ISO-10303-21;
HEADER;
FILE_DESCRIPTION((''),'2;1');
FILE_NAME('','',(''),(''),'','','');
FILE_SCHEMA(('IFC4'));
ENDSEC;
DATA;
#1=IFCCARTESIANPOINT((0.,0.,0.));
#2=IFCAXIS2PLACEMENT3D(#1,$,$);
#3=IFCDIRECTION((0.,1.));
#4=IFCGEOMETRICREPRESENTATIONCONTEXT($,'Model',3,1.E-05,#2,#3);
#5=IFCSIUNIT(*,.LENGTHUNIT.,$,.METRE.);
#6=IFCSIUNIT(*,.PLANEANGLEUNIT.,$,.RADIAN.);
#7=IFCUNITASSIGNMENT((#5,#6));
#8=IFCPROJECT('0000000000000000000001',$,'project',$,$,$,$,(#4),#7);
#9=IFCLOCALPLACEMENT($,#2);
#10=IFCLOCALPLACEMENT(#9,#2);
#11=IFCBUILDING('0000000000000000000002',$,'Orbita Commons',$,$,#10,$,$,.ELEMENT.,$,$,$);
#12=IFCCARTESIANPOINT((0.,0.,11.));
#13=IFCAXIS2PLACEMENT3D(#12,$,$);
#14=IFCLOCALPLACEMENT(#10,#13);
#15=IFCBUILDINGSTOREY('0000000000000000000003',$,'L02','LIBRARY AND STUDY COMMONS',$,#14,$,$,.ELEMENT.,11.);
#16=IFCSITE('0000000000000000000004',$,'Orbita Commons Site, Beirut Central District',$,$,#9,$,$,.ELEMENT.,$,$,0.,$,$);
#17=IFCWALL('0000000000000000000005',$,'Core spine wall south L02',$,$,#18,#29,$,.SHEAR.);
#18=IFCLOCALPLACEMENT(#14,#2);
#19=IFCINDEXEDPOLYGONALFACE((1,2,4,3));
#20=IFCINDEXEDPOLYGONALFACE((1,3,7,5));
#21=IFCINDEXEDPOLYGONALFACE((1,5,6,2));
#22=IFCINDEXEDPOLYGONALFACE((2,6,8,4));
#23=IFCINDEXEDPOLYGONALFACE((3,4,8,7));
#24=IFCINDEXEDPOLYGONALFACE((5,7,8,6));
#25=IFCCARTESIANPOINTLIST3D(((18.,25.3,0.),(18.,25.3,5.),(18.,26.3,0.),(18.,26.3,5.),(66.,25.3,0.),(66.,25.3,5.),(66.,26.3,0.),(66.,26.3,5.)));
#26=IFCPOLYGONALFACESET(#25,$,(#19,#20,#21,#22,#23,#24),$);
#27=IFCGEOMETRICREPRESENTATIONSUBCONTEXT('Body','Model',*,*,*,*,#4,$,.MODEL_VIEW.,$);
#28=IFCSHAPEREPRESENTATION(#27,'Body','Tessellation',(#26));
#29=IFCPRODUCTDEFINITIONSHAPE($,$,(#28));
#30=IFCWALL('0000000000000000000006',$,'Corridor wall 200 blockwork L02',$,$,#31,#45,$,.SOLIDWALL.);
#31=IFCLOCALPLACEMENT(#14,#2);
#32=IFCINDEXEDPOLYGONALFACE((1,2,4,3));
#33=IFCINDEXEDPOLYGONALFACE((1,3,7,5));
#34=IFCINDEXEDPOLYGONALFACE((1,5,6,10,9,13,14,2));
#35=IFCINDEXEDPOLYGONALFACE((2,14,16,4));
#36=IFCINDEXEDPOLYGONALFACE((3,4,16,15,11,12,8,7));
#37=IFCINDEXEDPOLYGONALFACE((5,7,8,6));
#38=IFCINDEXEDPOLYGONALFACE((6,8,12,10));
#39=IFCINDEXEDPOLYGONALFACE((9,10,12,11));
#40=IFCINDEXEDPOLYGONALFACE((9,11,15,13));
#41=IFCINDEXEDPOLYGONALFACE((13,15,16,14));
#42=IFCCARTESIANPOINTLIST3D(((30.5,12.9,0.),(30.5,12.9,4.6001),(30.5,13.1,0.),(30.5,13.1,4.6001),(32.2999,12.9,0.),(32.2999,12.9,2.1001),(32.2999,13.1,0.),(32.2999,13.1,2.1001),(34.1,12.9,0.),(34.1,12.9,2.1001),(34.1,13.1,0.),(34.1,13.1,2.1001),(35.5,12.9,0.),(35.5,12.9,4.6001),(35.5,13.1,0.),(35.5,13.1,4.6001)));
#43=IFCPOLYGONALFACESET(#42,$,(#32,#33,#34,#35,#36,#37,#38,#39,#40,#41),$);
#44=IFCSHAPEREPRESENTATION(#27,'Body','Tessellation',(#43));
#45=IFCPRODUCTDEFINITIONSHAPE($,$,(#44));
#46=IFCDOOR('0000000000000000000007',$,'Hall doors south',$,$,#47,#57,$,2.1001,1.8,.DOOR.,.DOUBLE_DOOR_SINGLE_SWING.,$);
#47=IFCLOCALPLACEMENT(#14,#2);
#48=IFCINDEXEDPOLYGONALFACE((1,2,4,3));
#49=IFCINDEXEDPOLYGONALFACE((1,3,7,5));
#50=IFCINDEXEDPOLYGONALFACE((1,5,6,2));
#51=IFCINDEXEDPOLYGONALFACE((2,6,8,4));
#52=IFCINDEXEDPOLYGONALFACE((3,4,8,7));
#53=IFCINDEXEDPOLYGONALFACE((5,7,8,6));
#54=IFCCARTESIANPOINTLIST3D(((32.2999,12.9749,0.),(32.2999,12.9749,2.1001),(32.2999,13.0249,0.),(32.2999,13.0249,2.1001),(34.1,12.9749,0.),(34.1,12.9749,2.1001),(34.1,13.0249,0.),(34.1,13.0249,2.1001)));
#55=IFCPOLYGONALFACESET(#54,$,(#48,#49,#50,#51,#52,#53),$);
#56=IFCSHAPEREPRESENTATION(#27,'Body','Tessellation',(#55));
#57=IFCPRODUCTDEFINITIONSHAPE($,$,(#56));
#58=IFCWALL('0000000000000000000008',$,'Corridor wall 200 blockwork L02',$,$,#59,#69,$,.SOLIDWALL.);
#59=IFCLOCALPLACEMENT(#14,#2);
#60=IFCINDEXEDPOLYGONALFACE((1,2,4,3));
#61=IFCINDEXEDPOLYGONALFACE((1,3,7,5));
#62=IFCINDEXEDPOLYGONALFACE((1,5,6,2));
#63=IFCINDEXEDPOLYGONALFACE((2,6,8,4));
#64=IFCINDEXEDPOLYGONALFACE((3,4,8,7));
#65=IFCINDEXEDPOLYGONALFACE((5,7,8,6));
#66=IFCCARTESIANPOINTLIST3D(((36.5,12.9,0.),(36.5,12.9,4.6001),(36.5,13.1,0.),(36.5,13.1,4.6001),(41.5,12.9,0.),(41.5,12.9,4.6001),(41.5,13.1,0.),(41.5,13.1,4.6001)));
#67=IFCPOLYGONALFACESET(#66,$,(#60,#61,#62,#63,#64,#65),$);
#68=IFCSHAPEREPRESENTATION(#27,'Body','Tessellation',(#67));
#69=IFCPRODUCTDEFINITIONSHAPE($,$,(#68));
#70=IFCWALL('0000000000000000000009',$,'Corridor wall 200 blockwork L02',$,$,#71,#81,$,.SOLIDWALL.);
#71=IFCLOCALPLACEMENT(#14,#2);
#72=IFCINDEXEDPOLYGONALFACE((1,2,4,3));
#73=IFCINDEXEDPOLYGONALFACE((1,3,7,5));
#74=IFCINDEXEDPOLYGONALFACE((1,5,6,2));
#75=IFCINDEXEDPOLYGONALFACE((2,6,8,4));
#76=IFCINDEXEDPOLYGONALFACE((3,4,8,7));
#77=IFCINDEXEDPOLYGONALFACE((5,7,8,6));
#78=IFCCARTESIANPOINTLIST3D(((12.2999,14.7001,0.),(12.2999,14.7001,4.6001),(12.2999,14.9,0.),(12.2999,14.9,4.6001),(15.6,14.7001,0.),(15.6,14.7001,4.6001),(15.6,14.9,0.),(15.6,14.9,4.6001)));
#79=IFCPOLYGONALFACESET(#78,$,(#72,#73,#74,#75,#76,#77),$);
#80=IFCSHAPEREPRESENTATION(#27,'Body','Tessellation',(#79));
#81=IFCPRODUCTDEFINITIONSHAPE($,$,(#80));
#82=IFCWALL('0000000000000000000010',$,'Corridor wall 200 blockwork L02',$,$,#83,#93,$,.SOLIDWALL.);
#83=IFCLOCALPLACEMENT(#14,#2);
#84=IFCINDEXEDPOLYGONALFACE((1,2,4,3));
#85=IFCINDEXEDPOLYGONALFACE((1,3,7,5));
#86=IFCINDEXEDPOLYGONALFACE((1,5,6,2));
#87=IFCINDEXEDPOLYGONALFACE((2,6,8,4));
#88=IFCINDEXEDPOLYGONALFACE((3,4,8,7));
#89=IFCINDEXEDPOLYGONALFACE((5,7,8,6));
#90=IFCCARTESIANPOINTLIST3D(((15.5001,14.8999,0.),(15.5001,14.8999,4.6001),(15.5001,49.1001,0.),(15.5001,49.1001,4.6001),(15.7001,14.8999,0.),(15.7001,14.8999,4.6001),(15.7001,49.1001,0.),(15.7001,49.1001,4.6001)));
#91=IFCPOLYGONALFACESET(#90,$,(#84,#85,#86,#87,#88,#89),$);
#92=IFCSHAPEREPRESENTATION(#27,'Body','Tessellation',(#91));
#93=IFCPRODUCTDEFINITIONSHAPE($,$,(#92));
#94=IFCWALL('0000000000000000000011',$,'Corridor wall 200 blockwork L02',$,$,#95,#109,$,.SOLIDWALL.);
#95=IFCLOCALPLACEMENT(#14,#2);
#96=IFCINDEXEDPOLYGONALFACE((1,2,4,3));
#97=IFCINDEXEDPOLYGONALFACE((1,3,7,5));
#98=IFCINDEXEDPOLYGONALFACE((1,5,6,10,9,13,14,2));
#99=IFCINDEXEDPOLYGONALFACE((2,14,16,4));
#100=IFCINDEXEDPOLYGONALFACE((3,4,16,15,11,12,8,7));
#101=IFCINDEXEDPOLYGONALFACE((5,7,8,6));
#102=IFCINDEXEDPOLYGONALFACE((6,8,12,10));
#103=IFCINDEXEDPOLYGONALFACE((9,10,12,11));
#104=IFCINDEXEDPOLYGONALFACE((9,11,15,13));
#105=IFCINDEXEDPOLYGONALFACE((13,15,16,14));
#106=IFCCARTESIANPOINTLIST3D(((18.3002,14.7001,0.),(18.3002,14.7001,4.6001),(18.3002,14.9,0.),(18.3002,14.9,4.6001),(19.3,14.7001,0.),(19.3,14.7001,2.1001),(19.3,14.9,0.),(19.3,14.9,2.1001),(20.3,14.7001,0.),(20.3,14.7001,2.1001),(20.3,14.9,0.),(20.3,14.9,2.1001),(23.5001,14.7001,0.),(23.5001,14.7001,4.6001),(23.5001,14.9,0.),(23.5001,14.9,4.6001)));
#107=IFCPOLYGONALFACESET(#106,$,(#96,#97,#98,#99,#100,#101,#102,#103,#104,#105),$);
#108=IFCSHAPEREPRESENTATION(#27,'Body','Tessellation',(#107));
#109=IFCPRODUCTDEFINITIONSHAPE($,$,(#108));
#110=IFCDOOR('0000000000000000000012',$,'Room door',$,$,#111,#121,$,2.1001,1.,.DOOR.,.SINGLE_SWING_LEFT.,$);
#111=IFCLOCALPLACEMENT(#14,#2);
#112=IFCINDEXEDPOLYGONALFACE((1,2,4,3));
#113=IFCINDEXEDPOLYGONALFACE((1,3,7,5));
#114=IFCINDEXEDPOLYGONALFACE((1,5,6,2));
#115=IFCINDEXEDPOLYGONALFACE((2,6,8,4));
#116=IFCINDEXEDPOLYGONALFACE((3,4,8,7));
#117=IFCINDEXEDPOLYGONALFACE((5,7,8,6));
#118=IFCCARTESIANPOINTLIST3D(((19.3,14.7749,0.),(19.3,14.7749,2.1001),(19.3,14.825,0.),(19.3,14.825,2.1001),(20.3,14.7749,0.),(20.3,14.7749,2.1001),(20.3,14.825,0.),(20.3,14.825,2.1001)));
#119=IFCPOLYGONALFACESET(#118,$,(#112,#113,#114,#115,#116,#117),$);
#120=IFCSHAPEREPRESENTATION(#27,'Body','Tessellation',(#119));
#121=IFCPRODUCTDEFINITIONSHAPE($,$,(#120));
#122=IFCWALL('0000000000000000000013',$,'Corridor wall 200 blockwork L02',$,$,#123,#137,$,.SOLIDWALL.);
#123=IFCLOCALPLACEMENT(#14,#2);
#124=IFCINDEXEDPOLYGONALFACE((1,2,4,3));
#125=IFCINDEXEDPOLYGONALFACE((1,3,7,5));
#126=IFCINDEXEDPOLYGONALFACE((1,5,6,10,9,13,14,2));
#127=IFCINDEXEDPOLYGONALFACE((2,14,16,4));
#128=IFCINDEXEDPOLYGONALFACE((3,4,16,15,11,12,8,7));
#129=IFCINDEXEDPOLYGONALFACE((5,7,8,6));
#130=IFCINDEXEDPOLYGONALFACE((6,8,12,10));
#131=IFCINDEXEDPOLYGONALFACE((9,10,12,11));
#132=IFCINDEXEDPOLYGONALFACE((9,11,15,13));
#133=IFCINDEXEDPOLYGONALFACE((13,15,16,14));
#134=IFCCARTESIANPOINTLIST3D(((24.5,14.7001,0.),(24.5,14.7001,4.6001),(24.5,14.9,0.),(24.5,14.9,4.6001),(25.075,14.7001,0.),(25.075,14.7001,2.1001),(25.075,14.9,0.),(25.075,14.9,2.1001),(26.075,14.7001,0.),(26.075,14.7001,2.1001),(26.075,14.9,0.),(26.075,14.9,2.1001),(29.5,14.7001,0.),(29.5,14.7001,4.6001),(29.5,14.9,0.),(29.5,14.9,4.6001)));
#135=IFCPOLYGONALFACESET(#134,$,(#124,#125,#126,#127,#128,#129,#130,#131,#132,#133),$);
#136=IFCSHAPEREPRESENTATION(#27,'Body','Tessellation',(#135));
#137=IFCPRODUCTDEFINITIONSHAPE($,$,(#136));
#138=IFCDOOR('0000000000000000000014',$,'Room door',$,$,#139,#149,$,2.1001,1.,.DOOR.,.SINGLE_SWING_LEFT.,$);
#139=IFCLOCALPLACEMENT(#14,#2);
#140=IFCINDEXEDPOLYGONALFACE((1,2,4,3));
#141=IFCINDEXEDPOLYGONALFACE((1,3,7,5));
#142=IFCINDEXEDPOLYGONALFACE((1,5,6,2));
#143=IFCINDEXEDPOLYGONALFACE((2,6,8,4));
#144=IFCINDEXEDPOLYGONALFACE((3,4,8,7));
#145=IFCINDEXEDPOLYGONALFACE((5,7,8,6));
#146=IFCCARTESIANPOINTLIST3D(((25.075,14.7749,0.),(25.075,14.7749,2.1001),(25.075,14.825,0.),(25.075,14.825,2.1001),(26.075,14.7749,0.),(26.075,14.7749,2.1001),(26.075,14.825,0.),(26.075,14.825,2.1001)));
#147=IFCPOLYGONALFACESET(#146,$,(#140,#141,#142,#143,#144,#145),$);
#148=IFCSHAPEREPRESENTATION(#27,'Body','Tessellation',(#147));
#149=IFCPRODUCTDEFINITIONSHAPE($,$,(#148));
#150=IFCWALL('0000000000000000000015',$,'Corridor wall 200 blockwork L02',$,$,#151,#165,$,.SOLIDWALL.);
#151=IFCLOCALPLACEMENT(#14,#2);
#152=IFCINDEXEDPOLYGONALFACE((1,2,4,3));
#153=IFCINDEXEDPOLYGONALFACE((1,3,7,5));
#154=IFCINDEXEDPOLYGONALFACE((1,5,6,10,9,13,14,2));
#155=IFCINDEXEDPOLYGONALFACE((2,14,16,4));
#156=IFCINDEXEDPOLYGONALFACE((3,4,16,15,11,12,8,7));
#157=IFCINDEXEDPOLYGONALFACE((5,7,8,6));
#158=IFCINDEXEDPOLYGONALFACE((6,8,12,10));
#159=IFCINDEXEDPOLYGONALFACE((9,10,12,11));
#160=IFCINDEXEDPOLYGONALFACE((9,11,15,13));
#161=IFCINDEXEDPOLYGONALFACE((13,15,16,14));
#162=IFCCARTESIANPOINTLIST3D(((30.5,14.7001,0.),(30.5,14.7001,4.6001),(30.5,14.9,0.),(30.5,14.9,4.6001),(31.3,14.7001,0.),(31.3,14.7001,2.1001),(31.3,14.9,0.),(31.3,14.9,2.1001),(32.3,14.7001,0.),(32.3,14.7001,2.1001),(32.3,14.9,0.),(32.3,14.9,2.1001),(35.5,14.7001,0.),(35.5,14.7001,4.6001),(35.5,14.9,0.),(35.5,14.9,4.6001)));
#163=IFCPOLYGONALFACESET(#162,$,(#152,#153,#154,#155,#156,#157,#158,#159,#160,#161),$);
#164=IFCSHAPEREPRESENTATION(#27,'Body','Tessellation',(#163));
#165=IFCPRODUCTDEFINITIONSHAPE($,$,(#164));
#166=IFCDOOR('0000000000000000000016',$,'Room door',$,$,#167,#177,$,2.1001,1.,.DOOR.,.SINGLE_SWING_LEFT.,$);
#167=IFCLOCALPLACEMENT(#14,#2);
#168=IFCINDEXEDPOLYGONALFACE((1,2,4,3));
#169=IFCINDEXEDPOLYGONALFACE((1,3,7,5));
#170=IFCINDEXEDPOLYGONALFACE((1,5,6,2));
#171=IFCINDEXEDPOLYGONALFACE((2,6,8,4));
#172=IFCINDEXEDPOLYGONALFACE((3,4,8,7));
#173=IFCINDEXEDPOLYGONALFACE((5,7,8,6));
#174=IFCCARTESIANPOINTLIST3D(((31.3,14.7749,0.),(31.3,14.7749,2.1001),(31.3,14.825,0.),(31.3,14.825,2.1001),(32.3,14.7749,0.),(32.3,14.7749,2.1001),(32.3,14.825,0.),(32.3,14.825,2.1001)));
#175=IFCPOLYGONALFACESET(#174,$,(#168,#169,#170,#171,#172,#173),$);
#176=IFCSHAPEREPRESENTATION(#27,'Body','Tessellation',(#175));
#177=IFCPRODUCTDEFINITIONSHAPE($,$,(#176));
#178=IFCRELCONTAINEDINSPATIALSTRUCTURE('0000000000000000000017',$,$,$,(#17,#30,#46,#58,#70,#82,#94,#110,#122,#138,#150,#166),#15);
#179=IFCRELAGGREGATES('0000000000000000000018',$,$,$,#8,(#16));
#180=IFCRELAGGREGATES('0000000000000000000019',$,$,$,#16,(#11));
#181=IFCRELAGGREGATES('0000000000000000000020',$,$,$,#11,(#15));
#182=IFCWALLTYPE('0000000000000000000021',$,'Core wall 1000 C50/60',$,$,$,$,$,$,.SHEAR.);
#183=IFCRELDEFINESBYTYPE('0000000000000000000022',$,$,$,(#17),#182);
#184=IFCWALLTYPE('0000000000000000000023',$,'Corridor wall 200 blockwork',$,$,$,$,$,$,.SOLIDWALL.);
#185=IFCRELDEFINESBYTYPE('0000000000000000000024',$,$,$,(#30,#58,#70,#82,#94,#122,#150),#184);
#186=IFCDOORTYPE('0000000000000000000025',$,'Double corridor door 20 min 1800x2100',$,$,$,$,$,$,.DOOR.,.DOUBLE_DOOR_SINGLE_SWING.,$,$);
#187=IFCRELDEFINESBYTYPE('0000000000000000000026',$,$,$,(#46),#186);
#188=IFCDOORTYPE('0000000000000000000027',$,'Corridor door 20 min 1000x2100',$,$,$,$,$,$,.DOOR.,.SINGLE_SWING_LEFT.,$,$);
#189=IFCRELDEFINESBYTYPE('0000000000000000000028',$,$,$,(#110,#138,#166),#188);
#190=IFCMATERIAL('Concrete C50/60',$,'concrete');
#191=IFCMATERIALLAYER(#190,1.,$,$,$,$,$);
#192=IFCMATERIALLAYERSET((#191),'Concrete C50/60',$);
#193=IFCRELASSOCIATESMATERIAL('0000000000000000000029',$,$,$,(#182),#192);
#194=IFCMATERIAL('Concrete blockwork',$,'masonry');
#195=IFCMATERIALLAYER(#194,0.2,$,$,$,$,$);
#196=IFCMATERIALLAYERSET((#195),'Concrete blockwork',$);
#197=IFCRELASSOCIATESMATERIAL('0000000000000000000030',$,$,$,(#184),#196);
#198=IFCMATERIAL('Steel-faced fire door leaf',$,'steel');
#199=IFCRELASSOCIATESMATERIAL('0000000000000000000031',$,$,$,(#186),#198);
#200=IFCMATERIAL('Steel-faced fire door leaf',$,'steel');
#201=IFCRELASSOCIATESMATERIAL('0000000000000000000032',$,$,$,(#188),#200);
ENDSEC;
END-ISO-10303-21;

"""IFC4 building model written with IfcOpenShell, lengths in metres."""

from ifc_helpers import new_model, si_unit, direction, frame, frame_2d, origin, place, context, subcontext, project, spatial, rectangle, extrude, material, layer, layer_set, type_object, element, fill, save


model = new_model("IFC4")

# Units and contexts
model_context = context("Model", 3, precision=1e-05, world=origin(), true_north=direction((0.0, 1.0)))
body_context = subcontext(model_context, "Body", "Model", "MODEL_VIEW")
ifc_project = project(units=[si_unit("LENGTHUNIT", "METRE"), si_unit("PLANEANGLEUNIT", "RADIAN")], contexts=[model_context])

# Site, building, storey
site_placement = place(None, origin())
site = spatial("IfcSite", under=ifc_project, at=site_placement, Name="Orbita Commons Site, Beirut Central District", CompositionType="ELEMENT", RefElevation=0.0)
building_placement = place(site_placement, origin())
building = spatial("IfcBuilding", under=site, at=building_placement, Name="Orbita Commons", CompositionType="ELEMENT")
storey_placement = place(building_placement, frame((0.0, 0.0, 11.0)))
storey = spatial("IfcBuildingStorey", under=building, at=storey_placement, Name="L02", Description="LIBRARY AND STUDY COMMONS", CompositionType="ELEMENT", Elevation=11.0)

# Wall
ifc_material_1 = material(Name="Concrete C50/60", Category="concrete")
ifc_layer_1 = layer(ifc_material_1, 1.0)
ifc_layer_set_1 = layer_set([ifc_layer_1], Name="Concrete C50/60")
wall_type_1 = type_object("IfcWallType", Name="Core wall 1000 C50/60", PredefinedType="SHEAR", material=ifc_layer_set_1)
wall_1_placement = place(storey_placement, frame((18.0, 25.8, 0.0), z_axis=(0.0, 0.0, 1.0), x_axis=(1.0, 0.0, 0.0)))
element("IfcWall", 1, at=wall_1_placement, inside=storey, type_object=wall_type_1, Name="Core spine wall south L02", PredefinedType="SHEAR", context=body_context, shape_type="SweptSolid", body=[
    extrude(rectangle(XDim=48.0, YDim=1.0, at=frame_2d((24.0, 0.0))), origin(), (0.0, 0.0, 1.0), 5.0),
])

# Wall, opening, door
ifc_material_2 = material(Name="Concrete blockwork", Category="masonry")
ifc_layer_2 = layer(ifc_material_2, 0.2)
ifc_layer_set_2 = layer_set([ifc_layer_2], Name="Concrete blockwork")
wall_type_2 = type_object("IfcWallType", Name="Corridor wall 200 blockwork", PredefinedType="SOLIDWALL", material=ifc_layer_set_2)
wall_2_placement = place(storey_placement, frame((30.5, 13.0, 0.0), z_axis=(0.0, 0.0, 1.0), x_axis=(1.0, 0.0, 0.0)))
wall_2 = element("IfcWall", 2, at=wall_2_placement, inside=storey, type_object=wall_type_2, Name="Corridor wall 200 blockwork L02", PredefinedType="SOLIDWALL", context=body_context, shape_type="SweptSolid", body=[
    extrude(rectangle(XDim=5.0, YDim=0.2, at=frame_2d((2.5, 0.0))), origin(), (0.0, 0.0, 1.0), 4.6001),
])
opening_1_placement = place(wall_2_placement, frame((1.8, 0.0, 0.0)))
opening_1 = element("IfcOpeningElement", 3, at=opening_1_placement, cuts=wall_2, PredefinedType="OPENING", context=body_context, shape_type="SweptSolid", body=[
    extrude(rectangle(XDim=1.8, YDim=2.1001, at=frame_2d((0.8999, 1.05))), frame((0.0, 0.1099, 0.0), z_axis=(0.0, -1.0, 0.0), x_axis=(1.0, 0.0, 0.0)), (0.0, 0.0, 1.0), 0.22),
])
ifc_material_3 = material(Name="Steel-faced fire door leaf", Category="steel")
door_type_1 = type_object("IfcDoorType", Name="Double corridor door 20 min 1800x2100", OperationType="DOUBLE_DOOR_SINGLE_SWING", PredefinedType="DOOR", material=ifc_material_3)
door_1_placement = place(opening_1_placement, origin())
door_1 = element("IfcDoor", 4, at=door_1_placement, inside=storey, type_object=door_type_1, Name="Hall doors south", OperationType="DOUBLE_DOOR_SINGLE_SWING", OverallHeight=2.1001, OverallWidth=1.8, PredefinedType="DOOR", context=body_context, shape_type="SweptSolid", body=[
    extrude(rectangle(XDim=1.8, YDim=2.1001, at=frame_2d((0.8999, 1.05))), frame((0.0, 0.0249, 0.0), z_axis=(0.0, -1.0, 0.0), x_axis=(1.0, 0.0, 0.0)), (0.0, 0.0, 1.0), 0.05),
])
fill(opening_1, door_1)

# Walls
wall_3_placement = place(storey_placement, frame((36.5, 13.0, 0.0), z_axis=(0.0, 0.0, 1.0), x_axis=(1.0, 0.0, 0.0)))
element("IfcWall", 5, at=wall_3_placement, inside=storey, type_object=wall_type_2, Name="Corridor wall 200 blockwork L02", PredefinedType="SOLIDWALL", context=body_context, shape_type="SweptSolid", body=[
    extrude(rectangle(XDim=5.0, YDim=0.2, at=frame_2d((2.5, 0.0))), origin(), (0.0, 0.0, 1.0), 4.6001),
])
wall_4_placement = place(storey_placement, frame((12.3, 14.8, 0.0), z_axis=(0.0, 0.0, 1.0), x_axis=(1.0, 0.0, 0.0)))
element("IfcWall", 6, at=wall_4_placement, inside=storey, type_object=wall_type_2, Name="Corridor wall 200 blockwork L02", PredefinedType="SOLIDWALL", context=body_context, shape_type="SweptSolid", body=[
    extrude(rectangle(XDim=3.3, YDim=0.2, at=frame_2d((1.6499, 0.0))), origin(), (0.0, 0.0, 1.0), 4.6001),
])
wall_5_placement = place(storey_placement, frame((15.6001, 14.8999, 0.0), z_axis=(0.0, 0.0, 1.0), x_axis=(0.0, 1.0, 0.0)))
element("IfcWall", 7, at=wall_5_placement, inside=storey, type_object=wall_type_2, Name="Corridor wall 200 blockwork L02", PredefinedType="SOLIDWALL", context=body_context, shape_type="SweptSolid", body=[
    extrude(rectangle(XDim=34.2002, YDim=0.2, at=frame_2d((17.1001, 0.0))), origin(), (0.0, 0.0, 1.0), 4.6001),
])

# Walls, openings, doors
wall_6_placement = place(storey_placement, frame((18.3, 14.8, 0.0), z_axis=(0.0, 0.0, 1.0), x_axis=(1.0, 0.0, 0.0)))
wall_6 = element("IfcWall", 8, at=wall_6_placement, inside=storey, type_object=wall_type_2, Name="Corridor wall 200 blockwork L02", PredefinedType="SOLIDWALL", context=body_context, shape_type="SweptSolid", body=[
    extrude(rectangle(XDim=5.2, YDim=0.2, at=frame_2d((2.6001, 0.0))), origin(), (0.0, 0.0, 1.0), 4.6001),
])
opening_2_placement = place(wall_6_placement, frame((1.0, 0.0, 0.0)))
opening_2 = element("IfcOpeningElement", 9, at=opening_2_placement, cuts=wall_6, PredefinedType="OPENING", context=body_context, shape_type="SweptSolid", body=[
    extrude(rectangle(XDim=1.0, YDim=2.1001, at=frame_2d((0.5, 1.05))), frame((0.0, 0.1099, 0.0), z_axis=(0.0, -1.0, 0.0), x_axis=(1.0, 0.0, 0.0)), (0.0, 0.0, 1.0), 0.22),
])
ifc_material_4 = material(Name="Steel-faced fire door leaf", Category="steel")
door_type_2 = type_object("IfcDoorType", Name="Corridor door 20 min 1000x2100", OperationType="SINGLE_SWING_LEFT", PredefinedType="DOOR", material=ifc_material_4)
door_2_placement = place(opening_2_placement, origin())
door_2 = element("IfcDoor", 10, at=door_2_placement, inside=storey, type_object=door_type_2, Name="Room door", OperationType="SINGLE_SWING_LEFT", OverallHeight=2.1001, OverallWidth=1.0, PredefinedType="DOOR", context=body_context, shape_type="SweptSolid", body=[
    extrude(rectangle(XDim=1.0, YDim=2.1001, at=frame_2d((0.5, 1.05))), frame((0.0, 0.0249, 0.0), z_axis=(0.0, -1.0, 0.0), x_axis=(1.0, 0.0, 0.0)), (0.0, 0.0, 1.0), 0.05),
])
fill(opening_2, door_2)
wall_7_placement = place(storey_placement, frame((24.5, 14.8, 0.0), z_axis=(0.0, 0.0, 1.0), x_axis=(1.0, 0.0, 0.0)))
wall_7 = element("IfcWall", 11, at=wall_7_placement, inside=storey, type_object=wall_type_2, Name="Corridor wall 200 blockwork L02", PredefinedType="SOLIDWALL", context=body_context, shape_type="SweptSolid", body=[
    extrude(rectangle(XDim=5.0, YDim=0.2, at=frame_2d((2.5, 0.0))), origin(), (0.0, 0.0, 1.0), 4.6001),
])
opening_3_placement = place(wall_7_placement, frame((0.575, 0.0, 0.0)))
opening_3 = element("IfcOpeningElement", 12, at=opening_3_placement, cuts=wall_7, PredefinedType="OPENING", context=body_context, shape_type="SweptSolid", body=[
    extrude(rectangle(XDim=1.0, YDim=2.1001, at=frame_2d((0.5, 1.05))), frame((0.0, 0.1099, 0.0), z_axis=(0.0, -1.0, 0.0), x_axis=(1.0, 0.0, 0.0)), (0.0, 0.0, 1.0), 0.22),
])
door_3_placement = place(opening_3_placement, origin())
door_3 = element("IfcDoor", 13, at=door_3_placement, inside=storey, type_object=door_type_2, Name="Room door", OperationType="SINGLE_SWING_LEFT", OverallHeight=2.1001, OverallWidth=1.0, PredefinedType="DOOR", context=body_context, shape_type="SweptSolid", body=[
    extrude(rectangle(XDim=1.0, YDim=2.1001, at=frame_2d((0.5, 1.05))), frame((0.0, 0.0249, 0.0), z_axis=(0.0, -1.0, 0.0), x_axis=(1.0, 0.0, 0.0)), (0.0, 0.0, 1.0), 0.05),
])
fill(opening_3, door_3)
wall_8_placement = place(storey_placement, frame((30.5, 14.8, 0.0), z_axis=(0.0, 0.0, 1.0), x_axis=(1.0, 0.0, 0.0)))
wall_8 = element("IfcWall", 14, at=wall_8_placement, inside=storey, type_object=wall_type_2, Name="Corridor wall 200 blockwork L02", PredefinedType="SOLIDWALL", context=body_context, shape_type="SweptSolid", body=[
    extrude(rectangle(XDim=5.0, YDim=0.2, at=frame_2d((2.5, 0.0))), origin(), (0.0, 0.0, 1.0), 4.6001),
])
opening_4_placement = place(wall_8_placement, frame((0.8, 0.0, 0.0)))
opening_4 = element("IfcOpeningElement", 15, at=opening_4_placement, cuts=wall_8, PredefinedType="OPENING", context=body_context, shape_type="SweptSolid", body=[
    extrude(rectangle(XDim=1.0, YDim=2.1001, at=frame_2d((0.5, 1.05))), frame((0.0, 0.1099, 0.0), z_axis=(0.0, -1.0, 0.0), x_axis=(1.0, 0.0, 0.0)), (0.0, 0.0, 1.0), 0.22),
])
door_4_placement = place(opening_4_placement, origin())
door_4 = element("IfcDoor", 16, at=door_4_placement, inside=storey, type_object=door_type_2, Name="Room door", OperationType="SINGLE_SWING_LEFT", OverallHeight=2.1001, OverallWidth=1.0, PredefinedType="DOOR", context=body_context, shape_type="SweptSolid", body=[
    extrude(rectangle(XDim=1.0, YDim=2.1001, at=frame_2d((0.5, 1.05))), frame((0.0, 0.0249, 0.0), z_axis=(0.0, -1.0, 0.0), x_axis=(1.0, 0.0, 0.0)), (0.0, 0.0, 1.0), 0.05),
])
fill(opening_4, door_4)

save(model, "model.ifc")
